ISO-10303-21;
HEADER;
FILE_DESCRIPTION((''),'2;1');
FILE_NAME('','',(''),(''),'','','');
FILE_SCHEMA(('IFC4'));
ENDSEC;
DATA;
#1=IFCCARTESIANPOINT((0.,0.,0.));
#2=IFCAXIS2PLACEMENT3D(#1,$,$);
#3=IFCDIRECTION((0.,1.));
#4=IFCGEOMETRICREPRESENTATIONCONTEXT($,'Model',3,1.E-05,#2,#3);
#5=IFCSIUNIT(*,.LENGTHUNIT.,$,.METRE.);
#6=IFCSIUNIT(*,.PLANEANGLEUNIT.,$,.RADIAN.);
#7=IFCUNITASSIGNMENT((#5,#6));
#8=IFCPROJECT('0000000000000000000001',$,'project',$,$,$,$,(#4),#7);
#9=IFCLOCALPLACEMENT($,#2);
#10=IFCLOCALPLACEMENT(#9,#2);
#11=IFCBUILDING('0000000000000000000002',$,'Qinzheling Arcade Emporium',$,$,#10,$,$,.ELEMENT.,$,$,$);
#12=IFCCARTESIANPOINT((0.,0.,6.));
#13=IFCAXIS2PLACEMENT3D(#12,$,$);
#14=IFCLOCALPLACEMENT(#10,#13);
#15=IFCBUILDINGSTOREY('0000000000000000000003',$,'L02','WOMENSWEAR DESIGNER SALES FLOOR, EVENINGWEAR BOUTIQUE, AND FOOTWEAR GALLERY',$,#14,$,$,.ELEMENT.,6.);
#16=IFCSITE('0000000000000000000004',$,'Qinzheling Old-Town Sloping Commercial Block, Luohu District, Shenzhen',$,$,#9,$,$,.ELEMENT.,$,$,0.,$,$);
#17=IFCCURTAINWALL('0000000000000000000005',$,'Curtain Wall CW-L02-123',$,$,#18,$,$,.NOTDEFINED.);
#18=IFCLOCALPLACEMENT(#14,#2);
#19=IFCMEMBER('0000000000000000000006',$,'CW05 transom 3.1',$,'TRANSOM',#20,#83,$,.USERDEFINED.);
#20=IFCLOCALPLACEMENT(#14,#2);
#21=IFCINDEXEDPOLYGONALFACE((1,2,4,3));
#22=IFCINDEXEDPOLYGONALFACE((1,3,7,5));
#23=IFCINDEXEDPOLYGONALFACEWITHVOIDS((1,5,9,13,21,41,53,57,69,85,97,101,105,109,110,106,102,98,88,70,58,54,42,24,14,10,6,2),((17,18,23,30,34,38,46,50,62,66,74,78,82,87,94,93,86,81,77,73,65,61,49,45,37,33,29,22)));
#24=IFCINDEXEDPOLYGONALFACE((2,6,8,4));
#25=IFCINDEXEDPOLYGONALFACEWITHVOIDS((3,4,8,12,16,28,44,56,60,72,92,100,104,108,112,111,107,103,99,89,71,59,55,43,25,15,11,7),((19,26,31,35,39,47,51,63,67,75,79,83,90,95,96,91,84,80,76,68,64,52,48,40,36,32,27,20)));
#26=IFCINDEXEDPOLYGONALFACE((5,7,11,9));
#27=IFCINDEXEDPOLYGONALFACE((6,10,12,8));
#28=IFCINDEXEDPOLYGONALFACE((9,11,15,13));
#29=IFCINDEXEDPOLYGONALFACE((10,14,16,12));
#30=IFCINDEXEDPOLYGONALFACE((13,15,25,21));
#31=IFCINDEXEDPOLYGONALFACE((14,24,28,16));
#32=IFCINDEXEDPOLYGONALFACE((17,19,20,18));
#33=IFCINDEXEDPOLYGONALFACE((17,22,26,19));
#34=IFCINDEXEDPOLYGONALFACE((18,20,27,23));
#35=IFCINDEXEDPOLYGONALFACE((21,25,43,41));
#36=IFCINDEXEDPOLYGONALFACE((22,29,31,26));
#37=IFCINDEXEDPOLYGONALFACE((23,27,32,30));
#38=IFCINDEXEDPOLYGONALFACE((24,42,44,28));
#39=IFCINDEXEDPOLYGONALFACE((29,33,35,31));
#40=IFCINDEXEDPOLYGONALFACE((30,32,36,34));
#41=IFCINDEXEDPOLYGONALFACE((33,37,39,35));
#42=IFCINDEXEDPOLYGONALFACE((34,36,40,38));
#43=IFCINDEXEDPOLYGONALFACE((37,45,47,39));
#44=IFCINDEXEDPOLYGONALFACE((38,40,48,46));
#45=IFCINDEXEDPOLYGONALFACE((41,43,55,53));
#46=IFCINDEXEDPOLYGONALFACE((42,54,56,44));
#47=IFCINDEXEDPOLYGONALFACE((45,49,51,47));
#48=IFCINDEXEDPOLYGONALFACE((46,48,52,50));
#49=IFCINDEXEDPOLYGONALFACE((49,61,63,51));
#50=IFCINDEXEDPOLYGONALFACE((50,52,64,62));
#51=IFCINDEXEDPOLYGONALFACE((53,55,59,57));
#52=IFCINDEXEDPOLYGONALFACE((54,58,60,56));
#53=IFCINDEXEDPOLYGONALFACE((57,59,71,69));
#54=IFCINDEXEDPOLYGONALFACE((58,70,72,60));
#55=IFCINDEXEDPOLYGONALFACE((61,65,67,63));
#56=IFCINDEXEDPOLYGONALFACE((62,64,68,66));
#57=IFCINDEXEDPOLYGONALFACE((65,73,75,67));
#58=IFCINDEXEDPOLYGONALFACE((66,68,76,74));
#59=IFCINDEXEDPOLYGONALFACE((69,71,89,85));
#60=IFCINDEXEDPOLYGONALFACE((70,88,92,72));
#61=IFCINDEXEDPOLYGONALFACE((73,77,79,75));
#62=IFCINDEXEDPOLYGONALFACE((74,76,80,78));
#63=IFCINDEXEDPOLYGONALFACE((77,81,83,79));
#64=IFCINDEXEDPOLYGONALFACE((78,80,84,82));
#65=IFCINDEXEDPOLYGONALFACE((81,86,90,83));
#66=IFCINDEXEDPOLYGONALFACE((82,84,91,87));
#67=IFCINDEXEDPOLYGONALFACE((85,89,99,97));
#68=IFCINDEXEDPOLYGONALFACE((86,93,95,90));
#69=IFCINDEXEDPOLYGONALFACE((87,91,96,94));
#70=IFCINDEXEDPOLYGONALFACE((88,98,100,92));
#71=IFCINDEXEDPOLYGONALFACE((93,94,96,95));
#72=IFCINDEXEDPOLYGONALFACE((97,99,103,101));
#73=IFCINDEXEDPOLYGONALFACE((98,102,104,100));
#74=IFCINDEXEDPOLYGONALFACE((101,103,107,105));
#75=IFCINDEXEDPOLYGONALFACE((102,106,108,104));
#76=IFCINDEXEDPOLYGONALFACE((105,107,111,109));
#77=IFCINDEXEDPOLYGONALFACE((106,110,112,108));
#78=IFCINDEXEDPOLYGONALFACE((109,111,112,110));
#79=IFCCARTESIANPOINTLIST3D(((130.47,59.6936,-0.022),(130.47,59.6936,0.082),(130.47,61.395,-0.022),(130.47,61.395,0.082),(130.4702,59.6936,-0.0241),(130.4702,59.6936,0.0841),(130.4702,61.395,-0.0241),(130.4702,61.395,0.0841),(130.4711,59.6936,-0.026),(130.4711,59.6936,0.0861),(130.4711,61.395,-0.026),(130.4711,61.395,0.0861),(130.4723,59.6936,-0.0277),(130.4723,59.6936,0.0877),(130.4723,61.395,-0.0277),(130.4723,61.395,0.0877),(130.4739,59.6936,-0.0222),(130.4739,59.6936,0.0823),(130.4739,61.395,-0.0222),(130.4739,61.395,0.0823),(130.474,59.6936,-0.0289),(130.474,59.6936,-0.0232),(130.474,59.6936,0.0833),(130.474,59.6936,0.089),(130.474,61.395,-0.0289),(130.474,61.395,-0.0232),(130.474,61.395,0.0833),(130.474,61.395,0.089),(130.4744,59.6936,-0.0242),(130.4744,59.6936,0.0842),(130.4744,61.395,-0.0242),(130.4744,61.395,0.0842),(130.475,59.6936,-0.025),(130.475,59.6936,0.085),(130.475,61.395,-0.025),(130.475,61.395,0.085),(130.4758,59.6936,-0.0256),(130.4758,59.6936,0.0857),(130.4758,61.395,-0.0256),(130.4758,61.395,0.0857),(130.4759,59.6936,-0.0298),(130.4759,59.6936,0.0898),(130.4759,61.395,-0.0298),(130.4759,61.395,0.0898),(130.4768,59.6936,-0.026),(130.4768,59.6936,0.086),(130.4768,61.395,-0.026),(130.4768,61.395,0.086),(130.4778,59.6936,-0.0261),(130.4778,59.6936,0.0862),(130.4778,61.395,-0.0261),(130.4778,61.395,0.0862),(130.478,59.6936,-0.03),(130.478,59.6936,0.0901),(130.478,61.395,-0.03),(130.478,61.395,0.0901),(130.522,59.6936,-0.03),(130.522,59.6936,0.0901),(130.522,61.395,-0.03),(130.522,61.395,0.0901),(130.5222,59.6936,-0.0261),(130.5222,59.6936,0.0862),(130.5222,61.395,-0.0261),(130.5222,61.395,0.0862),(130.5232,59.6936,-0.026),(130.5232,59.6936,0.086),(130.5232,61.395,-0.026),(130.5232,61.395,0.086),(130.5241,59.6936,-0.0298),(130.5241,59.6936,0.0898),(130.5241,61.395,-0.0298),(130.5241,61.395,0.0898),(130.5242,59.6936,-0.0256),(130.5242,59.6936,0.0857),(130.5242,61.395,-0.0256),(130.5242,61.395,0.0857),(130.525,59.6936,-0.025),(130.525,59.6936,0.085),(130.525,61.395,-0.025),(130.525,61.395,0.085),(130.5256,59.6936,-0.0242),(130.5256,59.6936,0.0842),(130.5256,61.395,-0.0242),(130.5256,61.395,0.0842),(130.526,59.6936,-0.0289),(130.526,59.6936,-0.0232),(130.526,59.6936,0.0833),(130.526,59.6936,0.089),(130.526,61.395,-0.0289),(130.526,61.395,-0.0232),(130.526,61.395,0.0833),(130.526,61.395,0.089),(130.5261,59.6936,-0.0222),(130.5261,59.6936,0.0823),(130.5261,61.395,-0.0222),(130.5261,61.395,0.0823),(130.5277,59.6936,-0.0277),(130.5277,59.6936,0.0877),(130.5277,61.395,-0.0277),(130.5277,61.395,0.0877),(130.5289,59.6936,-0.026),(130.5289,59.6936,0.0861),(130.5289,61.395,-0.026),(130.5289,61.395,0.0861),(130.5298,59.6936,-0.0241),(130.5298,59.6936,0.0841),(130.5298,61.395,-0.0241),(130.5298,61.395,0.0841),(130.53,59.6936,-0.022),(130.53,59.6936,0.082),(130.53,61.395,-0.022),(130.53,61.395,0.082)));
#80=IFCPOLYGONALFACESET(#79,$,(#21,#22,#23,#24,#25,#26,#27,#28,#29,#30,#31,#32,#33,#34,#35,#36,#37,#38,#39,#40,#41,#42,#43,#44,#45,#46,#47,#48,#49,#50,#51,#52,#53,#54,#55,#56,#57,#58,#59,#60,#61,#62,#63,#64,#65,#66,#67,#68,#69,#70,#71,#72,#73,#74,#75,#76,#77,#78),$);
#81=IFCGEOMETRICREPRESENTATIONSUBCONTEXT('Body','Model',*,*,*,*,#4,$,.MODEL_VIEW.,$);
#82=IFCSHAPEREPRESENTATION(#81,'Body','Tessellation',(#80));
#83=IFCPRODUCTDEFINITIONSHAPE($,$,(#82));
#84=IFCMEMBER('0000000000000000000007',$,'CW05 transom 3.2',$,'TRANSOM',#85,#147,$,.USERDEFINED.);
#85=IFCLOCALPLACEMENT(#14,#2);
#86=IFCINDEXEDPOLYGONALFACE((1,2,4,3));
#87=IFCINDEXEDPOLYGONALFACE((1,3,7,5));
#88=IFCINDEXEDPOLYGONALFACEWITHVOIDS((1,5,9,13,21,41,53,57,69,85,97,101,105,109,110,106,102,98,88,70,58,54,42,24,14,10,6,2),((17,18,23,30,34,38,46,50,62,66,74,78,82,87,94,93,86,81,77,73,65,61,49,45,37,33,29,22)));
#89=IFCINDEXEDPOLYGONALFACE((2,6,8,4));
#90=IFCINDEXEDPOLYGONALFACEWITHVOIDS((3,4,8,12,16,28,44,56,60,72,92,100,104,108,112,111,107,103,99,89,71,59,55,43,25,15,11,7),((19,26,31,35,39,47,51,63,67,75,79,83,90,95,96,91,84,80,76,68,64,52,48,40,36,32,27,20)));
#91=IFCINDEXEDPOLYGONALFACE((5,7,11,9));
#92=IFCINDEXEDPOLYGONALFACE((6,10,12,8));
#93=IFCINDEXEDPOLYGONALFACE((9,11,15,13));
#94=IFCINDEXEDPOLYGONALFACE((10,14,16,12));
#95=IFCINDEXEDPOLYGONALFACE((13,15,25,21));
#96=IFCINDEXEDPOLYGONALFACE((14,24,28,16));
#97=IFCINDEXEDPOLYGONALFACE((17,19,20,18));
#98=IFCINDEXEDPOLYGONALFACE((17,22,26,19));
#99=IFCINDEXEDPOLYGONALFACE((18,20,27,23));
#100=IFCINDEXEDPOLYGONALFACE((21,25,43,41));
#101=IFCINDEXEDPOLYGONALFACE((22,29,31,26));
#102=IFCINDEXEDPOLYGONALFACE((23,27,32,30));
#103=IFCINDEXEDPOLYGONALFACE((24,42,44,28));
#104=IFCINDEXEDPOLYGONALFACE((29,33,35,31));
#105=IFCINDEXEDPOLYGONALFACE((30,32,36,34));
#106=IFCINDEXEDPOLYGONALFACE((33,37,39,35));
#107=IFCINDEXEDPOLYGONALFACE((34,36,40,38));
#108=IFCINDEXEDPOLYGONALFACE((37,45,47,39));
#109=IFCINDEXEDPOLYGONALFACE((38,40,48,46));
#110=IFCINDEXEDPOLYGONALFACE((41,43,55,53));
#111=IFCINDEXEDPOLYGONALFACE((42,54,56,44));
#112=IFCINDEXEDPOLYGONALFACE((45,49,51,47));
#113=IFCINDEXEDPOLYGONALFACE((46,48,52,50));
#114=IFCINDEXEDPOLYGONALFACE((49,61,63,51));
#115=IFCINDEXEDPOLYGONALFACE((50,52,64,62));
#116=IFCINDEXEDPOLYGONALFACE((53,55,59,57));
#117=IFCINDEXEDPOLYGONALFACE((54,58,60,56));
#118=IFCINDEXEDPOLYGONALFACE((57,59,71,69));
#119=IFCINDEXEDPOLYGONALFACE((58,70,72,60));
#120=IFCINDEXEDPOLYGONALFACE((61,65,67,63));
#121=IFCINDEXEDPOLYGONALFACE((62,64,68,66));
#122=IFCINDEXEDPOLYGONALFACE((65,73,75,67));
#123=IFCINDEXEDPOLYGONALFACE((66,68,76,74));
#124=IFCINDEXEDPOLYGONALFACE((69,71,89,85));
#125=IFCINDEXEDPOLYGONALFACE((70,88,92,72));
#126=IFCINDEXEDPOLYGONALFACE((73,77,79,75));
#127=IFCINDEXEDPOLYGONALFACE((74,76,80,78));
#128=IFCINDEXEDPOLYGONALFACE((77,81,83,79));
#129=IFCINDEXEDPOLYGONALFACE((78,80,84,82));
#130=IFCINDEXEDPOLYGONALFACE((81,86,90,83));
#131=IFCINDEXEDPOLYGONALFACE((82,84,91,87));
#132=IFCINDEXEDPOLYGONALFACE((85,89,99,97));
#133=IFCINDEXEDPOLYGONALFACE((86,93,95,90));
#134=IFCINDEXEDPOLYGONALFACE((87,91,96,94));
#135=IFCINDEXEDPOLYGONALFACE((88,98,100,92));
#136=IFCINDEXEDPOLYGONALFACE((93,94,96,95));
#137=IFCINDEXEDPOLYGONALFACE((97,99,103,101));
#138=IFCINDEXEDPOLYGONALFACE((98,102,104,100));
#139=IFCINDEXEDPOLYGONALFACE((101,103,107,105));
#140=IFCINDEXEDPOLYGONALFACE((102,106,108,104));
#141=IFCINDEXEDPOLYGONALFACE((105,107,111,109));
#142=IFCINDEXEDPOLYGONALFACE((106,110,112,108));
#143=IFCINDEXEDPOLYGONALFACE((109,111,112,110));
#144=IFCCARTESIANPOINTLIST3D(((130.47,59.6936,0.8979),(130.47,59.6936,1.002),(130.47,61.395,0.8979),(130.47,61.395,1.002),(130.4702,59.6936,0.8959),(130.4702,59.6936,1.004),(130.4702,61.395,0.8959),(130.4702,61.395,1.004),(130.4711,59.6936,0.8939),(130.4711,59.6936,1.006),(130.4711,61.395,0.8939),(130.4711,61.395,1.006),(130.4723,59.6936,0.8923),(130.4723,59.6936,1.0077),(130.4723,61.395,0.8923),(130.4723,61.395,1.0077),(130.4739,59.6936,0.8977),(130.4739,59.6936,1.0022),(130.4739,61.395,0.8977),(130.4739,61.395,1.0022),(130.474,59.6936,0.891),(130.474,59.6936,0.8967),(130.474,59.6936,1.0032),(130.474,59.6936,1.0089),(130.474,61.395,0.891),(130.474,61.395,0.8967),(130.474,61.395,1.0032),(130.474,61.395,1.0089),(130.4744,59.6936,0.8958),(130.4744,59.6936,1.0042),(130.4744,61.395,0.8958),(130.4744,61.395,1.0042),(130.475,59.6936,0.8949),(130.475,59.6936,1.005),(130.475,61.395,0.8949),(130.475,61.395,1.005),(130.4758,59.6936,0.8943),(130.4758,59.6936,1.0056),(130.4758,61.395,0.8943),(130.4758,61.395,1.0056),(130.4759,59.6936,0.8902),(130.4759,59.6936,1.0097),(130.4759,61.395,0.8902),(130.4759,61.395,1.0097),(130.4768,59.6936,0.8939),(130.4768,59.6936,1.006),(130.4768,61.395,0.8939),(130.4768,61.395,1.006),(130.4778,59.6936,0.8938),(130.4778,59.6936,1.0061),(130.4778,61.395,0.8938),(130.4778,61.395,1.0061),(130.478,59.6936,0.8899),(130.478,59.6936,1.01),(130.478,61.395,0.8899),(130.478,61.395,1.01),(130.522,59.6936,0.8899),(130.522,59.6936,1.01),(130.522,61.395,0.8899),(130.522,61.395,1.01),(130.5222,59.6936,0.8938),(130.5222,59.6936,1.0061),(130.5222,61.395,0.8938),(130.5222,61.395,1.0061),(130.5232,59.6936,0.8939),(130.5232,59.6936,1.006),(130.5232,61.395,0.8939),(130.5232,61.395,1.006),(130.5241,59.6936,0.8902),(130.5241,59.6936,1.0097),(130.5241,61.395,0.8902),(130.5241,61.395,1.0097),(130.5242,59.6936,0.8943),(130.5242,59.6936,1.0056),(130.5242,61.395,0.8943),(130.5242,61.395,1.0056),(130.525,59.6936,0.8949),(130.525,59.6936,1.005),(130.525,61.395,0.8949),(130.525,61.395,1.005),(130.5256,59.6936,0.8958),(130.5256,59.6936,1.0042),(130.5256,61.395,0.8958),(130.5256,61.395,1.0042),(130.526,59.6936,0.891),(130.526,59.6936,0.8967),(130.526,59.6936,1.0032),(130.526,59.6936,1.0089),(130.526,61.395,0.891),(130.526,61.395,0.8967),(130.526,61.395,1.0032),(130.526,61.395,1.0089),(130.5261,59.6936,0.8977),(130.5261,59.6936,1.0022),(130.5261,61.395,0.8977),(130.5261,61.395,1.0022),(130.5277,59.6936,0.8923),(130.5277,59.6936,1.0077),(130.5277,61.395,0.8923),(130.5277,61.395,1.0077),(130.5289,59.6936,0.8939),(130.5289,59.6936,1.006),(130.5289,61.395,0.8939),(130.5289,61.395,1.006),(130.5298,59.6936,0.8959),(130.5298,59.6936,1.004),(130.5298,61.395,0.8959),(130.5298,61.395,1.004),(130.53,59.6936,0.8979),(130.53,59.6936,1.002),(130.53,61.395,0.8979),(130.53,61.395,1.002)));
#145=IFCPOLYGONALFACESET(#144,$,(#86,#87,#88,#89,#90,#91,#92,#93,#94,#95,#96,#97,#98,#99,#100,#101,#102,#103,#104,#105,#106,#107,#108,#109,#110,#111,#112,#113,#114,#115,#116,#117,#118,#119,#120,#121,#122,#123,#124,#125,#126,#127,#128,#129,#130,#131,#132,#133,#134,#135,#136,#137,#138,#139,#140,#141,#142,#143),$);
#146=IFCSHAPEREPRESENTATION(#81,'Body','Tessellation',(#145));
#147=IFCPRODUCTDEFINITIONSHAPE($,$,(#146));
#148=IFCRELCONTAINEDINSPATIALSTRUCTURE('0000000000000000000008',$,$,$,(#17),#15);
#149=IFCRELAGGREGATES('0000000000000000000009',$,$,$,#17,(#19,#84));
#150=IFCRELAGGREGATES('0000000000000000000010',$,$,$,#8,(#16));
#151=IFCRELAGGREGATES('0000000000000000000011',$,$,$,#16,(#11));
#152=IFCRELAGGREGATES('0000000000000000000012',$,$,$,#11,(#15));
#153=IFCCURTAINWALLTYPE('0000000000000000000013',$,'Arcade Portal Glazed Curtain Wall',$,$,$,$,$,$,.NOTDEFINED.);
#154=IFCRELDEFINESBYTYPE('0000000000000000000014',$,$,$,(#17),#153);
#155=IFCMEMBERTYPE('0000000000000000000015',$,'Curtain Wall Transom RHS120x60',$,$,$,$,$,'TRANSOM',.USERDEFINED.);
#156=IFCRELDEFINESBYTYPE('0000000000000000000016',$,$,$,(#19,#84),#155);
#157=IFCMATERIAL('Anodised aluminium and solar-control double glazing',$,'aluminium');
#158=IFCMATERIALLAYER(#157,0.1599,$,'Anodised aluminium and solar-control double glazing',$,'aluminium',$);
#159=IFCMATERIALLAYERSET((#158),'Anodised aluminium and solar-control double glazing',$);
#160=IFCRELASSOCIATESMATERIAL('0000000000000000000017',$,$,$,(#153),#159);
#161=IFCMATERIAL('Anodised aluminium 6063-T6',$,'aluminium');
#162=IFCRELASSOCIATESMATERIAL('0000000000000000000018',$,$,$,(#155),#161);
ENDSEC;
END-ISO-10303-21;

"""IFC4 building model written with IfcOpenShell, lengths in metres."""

from ifc_helpers import new_model, si_unit, direction, frame, origin, origin_2d, place, context, subcontext, project, spatial, hollow_rectangle, extrude, material, layer, layer_set, material_profile, profile_set, type_object, element, aggregate, save


model = new_model("IFC4")

# Units and contexts
model_context = context("Model", 3, precision=1e-05, world=origin(), true_north=direction((0.0, 1.0)))
body_context = subcontext(model_context, "Body", "Model", "MODEL_VIEW")
ifc_project = project(units=[si_unit("LENGTHUNIT", "METRE"), si_unit("PLANEANGLEUNIT", "RADIAN")], contexts=[model_context])

# Site, building, storey
site_placement = place(None, origin())
site = spatial("IfcSite", under=ifc_project, at=site_placement, Name="Qinzheling Old-Town Sloping Commercial Block, Luohu District, Shenzhen", CompositionType="ELEMENT", RefElevation=0.0)
building_placement = place(site_placement, origin())
building = spatial("IfcBuilding", under=site, at=building_placement, Name="Qinzheling Arcade Emporium", CompositionType="ELEMENT")
storey_placement = place(building_placement, frame((0.0, 0.0, 6.0)))
storey = spatial("IfcBuildingStorey", under=building, at=storey_placement, Name="L02", Description="WOMENSWEAR DESIGNER SALES FLOOR, EVENINGWEAR BOUTIQUE, AND FOOTWEAR GALLERY", CompositionType="ELEMENT", Elevation=6.0)

# Curtain wall, members
ifc_material_1 = material(Name="Anodised aluminium and solar-control double glazing", Category="aluminium")
ifc_layer_1 = layer(ifc_material_1, 0.1599, Name="Anodised aluminium and solar-control double glazing", Category="aluminium")
ifc_layer_set_1 = layer_set([ifc_layer_1], Name="Anodised aluminium and solar-control double glazing")
curtain_wall_type = type_object("IfcCurtainWallType", Name="Arcade Portal Glazed Curtain Wall", PredefinedType="NOTDEFINED", material=ifc_layer_set_1)
curtain_wall_placement = place(storey_placement, origin())
curtain_wall = element("IfcCurtainWall", 1, at=curtain_wall_placement, inside=storey, type_object=curtain_wall_type, Name="Curtain Wall CW-L02-123", PredefinedType="NOTDEFINED")
ifc_material_2 = material(Name="Anodised aluminium 6063-T6", Category="aluminium")
ifc_material_profile_1 = material_profile(ifc_material_2, hollow_rectangle(XDim=0.0601, YDim=0.1201, WallThickness=0.0039, InnerFilletRadius=0.0039, OuterFilletRadius=0.0081, at=origin_2d()), Name="RHS 120x60x4", Category="aluminium")
ifc_profile_set_1 = profile_set([ifc_material_profile_1], Name="Anodised aluminium 6063-T6")
member_type_1 = type_object("IfcMemberType", Name="Curtain Wall Transom RHS120x60", ElementType="TRANSOM", PredefinedType="USERDEFINED", material=ifc_profile_set_1)
member_1_placement = place(storey_placement, frame((130.5, 61.395, 0.03), z_axis=(0.0, -1.0, 0.0), x_axis=(1.0, 0.0, 0.0)))
member_1 = element("IfcMember", 2, at=member_1_placement, type_object=member_type_1, Name="CW05 transom 3.1", ObjectType="TRANSOM", PredefinedType="USERDEFINED", context=body_context, shape_type="SweptSolid", body=[
    extrude(hollow_rectangle(XDim=0.0601, YDim=0.1201, WallThickness=0.0039, InnerFilletRadius=0.0039, OuterFilletRadius=0.0081, at=origin_2d()), origin(), (0.0, 0.0, 1.0), 1.7014),
])
member_2_placement = place(storey_placement, frame((130.5, 61.395, 0.95), z_axis=(0.0, -1.0, 0.0), x_axis=(1.0, 0.0, 0.0)))
member_2 = element("IfcMember", 3, at=member_2_placement, type_object=member_type_1, Name="CW05 transom 3.2", ObjectType="TRANSOM", PredefinedType="USERDEFINED", context=body_context, shape_type="SweptSolid", body=[
    extrude(hollow_rectangle(XDim=0.0601, YDim=0.1201, WallThickness=0.0039, InnerFilletRadius=0.0039, OuterFilletRadius=0.0081, at=origin_2d()), origin(), (0.0, 0.0, 1.0), 1.7014),
])
aggregate(curtain_wall, [member_1, member_2])

save(model, "model.ifc")
